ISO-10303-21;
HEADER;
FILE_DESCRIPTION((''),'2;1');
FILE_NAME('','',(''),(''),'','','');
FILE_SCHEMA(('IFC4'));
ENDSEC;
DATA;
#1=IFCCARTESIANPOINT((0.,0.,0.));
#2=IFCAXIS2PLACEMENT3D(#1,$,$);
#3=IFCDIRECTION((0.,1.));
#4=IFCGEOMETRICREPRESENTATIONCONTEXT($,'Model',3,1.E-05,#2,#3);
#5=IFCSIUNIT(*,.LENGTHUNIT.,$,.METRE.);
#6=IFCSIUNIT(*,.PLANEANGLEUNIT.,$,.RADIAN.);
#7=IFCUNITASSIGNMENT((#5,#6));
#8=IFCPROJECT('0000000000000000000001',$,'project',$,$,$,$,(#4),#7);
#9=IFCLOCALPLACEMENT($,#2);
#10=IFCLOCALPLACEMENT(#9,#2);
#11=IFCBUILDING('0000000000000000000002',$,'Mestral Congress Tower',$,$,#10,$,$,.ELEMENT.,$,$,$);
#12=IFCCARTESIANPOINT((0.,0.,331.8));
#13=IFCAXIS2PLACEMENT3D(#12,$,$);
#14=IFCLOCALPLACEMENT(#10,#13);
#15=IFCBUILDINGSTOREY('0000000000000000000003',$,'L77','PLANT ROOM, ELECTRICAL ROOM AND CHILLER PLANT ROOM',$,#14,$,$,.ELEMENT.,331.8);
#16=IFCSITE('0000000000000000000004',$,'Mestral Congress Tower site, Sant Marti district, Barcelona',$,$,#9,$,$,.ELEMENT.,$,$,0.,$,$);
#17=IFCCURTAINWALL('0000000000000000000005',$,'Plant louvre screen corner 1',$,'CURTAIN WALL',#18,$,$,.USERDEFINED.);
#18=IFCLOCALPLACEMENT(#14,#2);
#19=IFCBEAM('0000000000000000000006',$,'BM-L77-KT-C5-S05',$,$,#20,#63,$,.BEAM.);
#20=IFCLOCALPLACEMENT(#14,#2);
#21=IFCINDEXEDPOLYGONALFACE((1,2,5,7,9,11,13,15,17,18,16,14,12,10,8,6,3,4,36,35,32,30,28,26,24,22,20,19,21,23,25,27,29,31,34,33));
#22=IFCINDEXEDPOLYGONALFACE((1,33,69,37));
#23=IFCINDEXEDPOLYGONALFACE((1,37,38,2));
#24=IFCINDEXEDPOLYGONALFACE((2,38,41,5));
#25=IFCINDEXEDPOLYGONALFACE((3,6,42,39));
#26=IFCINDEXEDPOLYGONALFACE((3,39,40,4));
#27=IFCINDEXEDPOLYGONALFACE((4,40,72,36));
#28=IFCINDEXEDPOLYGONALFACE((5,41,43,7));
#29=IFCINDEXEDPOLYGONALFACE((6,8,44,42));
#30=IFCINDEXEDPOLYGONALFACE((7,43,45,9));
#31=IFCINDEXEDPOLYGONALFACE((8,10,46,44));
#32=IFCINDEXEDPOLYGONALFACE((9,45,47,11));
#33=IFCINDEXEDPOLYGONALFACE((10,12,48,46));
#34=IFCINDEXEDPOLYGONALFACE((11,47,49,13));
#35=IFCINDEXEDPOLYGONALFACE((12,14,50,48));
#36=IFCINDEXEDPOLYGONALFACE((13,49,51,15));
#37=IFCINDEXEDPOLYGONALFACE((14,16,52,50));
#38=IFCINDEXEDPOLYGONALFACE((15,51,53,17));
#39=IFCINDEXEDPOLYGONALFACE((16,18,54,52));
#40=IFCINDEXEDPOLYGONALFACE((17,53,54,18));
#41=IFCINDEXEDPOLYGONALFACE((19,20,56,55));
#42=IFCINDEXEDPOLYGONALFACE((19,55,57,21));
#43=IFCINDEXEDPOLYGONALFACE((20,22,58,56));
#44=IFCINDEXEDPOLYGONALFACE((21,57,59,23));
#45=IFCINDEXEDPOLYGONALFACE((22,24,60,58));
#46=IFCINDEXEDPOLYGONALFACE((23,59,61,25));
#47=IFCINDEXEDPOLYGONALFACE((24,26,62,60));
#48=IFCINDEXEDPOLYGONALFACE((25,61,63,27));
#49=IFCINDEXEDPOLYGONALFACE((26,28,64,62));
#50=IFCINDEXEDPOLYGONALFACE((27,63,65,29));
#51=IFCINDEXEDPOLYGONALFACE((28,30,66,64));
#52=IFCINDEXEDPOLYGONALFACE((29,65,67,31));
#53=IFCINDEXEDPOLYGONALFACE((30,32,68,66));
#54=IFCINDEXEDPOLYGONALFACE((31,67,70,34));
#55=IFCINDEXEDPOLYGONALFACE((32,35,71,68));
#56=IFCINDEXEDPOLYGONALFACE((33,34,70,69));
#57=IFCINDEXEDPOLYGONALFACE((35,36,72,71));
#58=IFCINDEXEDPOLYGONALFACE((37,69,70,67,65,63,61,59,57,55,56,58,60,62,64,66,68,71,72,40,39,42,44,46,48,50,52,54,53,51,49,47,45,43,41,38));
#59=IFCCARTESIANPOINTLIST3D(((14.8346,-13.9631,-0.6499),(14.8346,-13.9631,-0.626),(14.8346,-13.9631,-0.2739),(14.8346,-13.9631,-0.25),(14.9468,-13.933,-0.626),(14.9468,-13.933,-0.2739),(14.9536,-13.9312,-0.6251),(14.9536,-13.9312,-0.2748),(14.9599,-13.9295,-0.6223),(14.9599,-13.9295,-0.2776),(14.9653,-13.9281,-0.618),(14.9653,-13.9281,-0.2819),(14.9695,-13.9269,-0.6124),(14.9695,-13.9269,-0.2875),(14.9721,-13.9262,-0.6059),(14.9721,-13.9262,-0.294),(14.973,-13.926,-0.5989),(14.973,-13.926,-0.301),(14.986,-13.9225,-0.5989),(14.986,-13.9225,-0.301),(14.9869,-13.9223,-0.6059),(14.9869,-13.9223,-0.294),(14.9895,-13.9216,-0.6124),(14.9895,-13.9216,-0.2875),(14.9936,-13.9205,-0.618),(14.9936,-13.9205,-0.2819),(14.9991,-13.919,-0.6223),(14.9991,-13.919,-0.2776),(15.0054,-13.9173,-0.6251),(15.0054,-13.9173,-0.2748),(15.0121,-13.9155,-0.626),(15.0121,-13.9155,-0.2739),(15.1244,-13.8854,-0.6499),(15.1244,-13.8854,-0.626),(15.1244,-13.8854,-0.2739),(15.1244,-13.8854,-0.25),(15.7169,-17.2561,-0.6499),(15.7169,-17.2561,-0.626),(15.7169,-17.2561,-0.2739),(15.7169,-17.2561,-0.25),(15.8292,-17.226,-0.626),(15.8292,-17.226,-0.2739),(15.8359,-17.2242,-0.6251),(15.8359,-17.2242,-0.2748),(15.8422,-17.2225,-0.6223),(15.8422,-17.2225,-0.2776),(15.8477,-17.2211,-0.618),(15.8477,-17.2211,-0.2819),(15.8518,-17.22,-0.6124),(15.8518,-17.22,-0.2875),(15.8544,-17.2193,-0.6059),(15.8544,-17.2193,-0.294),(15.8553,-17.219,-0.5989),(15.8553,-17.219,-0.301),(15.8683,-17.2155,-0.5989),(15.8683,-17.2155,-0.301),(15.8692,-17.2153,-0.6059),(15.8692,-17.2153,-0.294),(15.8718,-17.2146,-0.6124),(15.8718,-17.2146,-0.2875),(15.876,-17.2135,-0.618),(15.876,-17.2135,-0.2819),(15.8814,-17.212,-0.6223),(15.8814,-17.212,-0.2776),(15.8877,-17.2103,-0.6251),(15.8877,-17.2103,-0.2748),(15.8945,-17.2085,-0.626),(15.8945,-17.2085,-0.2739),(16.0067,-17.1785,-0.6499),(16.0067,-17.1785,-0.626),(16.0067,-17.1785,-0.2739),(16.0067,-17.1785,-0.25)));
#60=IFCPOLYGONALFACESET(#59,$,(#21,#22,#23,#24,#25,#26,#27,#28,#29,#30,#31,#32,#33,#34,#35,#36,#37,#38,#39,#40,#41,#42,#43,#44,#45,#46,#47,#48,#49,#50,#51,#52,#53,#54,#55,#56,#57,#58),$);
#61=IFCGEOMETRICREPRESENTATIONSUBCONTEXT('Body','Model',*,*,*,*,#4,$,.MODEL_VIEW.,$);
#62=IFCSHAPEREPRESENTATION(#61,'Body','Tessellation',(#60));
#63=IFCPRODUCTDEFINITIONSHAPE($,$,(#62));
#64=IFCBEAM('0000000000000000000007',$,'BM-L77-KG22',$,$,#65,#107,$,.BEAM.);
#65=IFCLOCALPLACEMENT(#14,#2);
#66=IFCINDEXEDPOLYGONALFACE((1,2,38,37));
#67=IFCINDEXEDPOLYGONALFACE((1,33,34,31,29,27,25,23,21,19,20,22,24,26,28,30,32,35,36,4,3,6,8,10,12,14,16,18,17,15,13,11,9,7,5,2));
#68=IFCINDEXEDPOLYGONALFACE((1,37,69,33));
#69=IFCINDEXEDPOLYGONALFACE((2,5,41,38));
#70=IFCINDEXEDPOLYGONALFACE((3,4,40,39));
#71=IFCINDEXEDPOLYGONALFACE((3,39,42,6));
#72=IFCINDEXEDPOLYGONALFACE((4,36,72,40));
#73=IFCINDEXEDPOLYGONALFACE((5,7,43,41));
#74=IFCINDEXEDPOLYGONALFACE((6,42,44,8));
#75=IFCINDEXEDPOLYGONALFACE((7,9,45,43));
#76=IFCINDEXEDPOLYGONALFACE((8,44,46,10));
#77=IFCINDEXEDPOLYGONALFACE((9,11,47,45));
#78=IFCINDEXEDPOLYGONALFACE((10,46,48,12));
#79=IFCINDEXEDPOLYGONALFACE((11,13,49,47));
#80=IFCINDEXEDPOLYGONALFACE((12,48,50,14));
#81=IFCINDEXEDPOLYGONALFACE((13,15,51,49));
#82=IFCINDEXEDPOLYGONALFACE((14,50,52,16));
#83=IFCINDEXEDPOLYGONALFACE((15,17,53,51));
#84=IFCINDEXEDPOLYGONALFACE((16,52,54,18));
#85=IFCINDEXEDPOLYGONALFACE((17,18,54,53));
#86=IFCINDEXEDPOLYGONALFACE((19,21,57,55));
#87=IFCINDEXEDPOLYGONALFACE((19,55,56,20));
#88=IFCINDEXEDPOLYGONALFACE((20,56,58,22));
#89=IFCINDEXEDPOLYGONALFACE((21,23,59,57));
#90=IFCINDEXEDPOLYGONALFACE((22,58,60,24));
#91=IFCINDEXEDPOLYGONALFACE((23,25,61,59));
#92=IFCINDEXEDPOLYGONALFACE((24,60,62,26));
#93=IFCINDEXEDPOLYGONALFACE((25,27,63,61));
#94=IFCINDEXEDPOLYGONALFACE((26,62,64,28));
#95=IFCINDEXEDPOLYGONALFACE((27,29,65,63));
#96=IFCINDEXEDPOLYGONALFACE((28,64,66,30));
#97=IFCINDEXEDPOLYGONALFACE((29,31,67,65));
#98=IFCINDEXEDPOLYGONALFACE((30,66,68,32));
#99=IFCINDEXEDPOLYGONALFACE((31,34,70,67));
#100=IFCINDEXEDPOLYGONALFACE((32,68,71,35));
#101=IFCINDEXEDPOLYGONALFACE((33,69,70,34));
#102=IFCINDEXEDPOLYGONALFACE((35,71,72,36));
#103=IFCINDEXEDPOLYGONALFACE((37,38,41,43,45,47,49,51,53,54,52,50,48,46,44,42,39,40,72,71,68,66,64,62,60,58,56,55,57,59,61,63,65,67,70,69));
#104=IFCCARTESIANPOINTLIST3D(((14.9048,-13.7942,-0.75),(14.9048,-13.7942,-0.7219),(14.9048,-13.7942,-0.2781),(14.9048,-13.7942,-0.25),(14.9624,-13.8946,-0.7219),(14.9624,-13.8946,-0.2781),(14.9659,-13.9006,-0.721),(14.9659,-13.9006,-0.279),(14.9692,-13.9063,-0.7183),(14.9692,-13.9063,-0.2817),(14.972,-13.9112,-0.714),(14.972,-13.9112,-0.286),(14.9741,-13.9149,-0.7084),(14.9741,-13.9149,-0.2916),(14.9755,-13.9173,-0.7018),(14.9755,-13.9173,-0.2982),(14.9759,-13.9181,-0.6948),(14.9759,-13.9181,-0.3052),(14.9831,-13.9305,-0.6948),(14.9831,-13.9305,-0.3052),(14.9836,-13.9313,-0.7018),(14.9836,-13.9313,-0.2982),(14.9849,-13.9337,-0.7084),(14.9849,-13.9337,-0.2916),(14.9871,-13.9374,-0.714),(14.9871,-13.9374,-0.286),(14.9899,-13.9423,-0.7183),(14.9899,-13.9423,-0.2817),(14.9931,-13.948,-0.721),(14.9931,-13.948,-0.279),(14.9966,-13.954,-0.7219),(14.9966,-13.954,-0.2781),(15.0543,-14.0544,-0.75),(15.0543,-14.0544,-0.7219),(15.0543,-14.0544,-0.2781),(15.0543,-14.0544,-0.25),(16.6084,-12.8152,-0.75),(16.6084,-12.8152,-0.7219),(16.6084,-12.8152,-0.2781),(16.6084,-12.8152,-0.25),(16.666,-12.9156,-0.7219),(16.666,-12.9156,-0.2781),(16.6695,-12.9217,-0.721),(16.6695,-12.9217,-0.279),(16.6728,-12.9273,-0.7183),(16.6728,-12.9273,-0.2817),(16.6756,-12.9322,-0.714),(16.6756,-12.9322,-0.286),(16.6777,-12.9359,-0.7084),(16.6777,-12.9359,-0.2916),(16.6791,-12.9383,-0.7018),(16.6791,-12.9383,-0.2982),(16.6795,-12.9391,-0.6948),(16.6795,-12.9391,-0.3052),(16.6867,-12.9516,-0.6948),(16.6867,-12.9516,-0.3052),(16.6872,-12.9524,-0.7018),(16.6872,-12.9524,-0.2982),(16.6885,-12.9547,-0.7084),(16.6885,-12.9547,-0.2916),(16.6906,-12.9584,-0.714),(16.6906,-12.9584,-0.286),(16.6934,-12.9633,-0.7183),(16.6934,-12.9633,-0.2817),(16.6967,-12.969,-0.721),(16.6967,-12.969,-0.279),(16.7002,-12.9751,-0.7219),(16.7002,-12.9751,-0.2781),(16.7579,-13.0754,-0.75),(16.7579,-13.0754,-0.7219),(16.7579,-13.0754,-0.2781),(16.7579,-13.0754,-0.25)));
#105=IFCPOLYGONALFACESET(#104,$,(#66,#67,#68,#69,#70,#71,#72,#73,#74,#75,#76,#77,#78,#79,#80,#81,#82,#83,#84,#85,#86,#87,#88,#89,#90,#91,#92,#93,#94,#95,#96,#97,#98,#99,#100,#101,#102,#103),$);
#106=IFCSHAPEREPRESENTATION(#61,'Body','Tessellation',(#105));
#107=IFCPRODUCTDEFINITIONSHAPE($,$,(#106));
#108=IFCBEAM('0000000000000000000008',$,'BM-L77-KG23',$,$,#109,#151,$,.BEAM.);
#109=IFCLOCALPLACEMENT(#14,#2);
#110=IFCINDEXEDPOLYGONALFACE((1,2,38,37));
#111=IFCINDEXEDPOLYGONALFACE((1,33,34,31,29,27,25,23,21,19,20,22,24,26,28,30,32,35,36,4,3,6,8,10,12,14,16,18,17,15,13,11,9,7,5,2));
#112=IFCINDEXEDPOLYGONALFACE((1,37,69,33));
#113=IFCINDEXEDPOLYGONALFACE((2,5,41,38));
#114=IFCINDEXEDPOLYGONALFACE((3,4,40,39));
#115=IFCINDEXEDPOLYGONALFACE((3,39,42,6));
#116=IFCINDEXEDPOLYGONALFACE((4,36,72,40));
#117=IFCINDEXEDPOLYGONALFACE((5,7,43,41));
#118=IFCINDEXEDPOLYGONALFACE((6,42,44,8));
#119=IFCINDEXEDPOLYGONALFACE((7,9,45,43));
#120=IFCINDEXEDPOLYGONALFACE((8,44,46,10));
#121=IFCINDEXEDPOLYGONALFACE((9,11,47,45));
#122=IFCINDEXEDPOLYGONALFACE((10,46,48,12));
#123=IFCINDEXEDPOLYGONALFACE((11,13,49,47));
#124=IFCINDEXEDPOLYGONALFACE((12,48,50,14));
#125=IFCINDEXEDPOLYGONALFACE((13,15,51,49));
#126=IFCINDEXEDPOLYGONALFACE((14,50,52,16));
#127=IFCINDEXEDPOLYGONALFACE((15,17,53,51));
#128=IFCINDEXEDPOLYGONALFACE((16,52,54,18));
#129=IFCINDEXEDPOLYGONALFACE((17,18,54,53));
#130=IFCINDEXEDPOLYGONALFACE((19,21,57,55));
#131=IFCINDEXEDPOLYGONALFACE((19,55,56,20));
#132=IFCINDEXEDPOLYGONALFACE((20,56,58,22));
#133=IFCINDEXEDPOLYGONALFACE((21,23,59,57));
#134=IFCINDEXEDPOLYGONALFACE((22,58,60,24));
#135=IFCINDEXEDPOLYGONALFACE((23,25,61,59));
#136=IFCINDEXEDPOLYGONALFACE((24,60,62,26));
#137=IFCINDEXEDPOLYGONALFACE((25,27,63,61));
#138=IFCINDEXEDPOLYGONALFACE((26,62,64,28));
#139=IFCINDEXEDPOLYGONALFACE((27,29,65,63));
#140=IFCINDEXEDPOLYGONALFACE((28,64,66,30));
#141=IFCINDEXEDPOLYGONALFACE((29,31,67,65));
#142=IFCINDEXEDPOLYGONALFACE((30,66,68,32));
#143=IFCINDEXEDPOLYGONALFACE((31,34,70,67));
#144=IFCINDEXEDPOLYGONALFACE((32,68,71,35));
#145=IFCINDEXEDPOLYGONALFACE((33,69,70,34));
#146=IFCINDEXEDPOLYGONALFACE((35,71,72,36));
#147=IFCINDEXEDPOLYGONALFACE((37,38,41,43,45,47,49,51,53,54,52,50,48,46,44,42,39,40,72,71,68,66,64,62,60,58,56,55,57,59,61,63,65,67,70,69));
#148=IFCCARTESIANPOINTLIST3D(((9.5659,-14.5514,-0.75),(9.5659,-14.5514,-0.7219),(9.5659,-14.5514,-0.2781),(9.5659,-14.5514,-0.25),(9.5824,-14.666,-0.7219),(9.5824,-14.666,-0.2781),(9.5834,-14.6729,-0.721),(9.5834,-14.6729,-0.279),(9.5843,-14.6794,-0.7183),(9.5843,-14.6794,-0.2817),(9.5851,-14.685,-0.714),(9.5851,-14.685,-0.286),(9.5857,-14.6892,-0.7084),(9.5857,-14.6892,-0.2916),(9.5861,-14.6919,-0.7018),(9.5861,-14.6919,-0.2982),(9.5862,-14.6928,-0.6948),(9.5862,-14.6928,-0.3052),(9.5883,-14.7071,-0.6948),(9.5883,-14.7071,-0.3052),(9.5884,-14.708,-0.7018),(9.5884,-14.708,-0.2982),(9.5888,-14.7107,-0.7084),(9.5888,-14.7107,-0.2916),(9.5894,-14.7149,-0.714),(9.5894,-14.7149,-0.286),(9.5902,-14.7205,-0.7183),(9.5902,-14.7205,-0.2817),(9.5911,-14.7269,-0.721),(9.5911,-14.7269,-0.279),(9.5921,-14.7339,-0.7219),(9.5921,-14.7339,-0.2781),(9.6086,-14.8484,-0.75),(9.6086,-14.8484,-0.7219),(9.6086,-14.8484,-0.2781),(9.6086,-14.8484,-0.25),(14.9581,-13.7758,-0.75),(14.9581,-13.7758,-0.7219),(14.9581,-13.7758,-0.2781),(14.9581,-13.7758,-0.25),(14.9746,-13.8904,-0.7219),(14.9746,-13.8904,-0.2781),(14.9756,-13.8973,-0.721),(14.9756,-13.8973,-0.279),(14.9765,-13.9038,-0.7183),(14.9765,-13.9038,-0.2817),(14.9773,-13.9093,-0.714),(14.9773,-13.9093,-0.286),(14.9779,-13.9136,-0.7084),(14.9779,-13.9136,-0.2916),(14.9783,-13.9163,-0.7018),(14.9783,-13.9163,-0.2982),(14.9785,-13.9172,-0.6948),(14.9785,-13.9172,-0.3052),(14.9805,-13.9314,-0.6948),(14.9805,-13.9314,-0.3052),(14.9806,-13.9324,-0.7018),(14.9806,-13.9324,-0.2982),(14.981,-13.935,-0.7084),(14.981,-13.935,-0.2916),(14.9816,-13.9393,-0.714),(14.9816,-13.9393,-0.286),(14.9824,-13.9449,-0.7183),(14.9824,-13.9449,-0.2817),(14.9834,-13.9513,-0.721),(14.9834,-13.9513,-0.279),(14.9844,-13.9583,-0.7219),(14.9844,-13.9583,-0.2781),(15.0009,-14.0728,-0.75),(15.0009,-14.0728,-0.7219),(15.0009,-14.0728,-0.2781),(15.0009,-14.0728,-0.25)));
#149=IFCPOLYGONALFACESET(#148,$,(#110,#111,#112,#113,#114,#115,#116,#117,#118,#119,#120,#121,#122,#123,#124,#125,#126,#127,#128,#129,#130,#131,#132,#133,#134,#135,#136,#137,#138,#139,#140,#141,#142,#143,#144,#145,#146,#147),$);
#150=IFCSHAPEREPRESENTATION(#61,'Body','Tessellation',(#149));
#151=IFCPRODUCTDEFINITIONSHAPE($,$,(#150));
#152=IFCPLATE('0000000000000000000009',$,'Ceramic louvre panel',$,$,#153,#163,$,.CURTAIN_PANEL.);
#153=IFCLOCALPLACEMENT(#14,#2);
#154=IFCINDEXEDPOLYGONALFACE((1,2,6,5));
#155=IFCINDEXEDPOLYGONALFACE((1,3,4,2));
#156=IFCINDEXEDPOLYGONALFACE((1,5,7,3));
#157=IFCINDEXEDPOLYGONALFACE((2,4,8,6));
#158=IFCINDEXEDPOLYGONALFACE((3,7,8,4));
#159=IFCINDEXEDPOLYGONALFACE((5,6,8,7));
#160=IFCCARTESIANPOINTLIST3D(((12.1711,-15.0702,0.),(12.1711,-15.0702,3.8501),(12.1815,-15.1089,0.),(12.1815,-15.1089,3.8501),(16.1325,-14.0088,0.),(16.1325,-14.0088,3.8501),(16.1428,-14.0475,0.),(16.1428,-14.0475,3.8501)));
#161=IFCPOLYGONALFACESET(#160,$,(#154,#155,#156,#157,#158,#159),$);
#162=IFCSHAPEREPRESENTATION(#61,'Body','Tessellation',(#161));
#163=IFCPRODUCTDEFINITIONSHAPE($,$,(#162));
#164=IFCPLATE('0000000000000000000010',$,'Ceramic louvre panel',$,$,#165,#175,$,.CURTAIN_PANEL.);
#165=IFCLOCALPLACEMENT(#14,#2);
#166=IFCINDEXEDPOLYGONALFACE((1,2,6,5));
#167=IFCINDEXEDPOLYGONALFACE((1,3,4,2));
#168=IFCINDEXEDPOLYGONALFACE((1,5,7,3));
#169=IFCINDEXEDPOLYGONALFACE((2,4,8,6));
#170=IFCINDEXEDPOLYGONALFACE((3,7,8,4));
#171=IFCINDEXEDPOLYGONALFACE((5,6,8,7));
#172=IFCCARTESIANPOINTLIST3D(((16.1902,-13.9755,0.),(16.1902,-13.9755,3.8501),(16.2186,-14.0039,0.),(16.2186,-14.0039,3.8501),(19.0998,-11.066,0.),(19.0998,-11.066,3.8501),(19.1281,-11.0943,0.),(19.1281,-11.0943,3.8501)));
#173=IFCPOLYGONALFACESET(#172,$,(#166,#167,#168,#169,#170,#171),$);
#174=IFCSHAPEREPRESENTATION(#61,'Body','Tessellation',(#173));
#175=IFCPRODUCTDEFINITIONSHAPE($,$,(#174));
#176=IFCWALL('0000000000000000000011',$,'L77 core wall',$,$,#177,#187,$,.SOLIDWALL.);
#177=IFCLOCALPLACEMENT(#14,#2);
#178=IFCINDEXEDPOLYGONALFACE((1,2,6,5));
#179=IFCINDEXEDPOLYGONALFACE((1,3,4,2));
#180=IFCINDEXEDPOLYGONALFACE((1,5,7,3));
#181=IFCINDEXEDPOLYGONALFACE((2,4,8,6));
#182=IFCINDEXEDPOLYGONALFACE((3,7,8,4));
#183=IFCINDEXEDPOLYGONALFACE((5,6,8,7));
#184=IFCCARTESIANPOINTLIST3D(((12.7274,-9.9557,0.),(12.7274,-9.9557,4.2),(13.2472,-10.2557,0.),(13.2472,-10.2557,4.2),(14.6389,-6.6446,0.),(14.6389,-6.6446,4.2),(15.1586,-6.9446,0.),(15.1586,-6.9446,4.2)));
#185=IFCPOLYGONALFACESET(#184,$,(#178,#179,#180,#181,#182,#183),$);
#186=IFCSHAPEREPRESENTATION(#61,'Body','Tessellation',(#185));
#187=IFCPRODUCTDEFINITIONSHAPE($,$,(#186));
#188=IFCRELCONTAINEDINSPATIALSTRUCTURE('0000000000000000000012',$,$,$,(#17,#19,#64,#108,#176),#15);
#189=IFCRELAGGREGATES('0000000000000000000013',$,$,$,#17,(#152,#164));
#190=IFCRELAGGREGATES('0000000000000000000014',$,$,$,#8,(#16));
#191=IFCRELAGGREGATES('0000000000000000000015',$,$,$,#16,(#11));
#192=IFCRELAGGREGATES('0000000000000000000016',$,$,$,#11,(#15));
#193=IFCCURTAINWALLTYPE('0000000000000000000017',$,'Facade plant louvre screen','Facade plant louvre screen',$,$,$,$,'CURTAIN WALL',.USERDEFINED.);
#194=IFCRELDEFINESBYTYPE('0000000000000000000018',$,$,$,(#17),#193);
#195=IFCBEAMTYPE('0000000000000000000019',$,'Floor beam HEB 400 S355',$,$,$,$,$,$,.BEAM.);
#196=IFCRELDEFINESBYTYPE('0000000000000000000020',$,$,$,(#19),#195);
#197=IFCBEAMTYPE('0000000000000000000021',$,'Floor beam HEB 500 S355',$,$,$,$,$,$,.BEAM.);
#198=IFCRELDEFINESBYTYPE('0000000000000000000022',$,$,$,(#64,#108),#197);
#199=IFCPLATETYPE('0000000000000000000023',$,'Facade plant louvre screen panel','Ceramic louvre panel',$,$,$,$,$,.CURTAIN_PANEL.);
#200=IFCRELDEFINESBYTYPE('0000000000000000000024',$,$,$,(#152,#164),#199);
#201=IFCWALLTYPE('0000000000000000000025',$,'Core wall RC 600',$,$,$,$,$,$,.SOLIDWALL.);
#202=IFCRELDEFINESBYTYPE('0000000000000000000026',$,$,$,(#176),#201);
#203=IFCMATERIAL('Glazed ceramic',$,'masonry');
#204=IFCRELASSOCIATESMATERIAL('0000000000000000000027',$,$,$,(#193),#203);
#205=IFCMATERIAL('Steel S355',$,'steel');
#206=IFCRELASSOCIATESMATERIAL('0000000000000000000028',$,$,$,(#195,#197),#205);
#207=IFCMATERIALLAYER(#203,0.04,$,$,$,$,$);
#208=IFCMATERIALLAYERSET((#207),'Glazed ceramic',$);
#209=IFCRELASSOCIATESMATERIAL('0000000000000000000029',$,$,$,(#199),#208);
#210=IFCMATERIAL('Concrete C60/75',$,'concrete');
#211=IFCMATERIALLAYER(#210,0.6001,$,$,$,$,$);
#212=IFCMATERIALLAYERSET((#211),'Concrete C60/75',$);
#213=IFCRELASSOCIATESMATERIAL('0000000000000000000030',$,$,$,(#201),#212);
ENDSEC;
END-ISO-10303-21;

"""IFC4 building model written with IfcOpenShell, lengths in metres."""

from ifc_helpers import new_model, si_unit, direction, frame, frame_2d, origin, origin_2d, place, context, subcontext, project, spatial, rectangle, i_section, extrude, material, layer, layer_set, material_profile, profile_set, type_object, element, aggregate, save


model = new_model("IFC4")

# Units and contexts
model_context = context("Model", 3, precision=1e-05, world=origin(), true_north=direction((0.0, 1.0)))
body_context = subcontext(model_context, "Body", "Model", "MODEL_VIEW")
ifc_project = project(units=[si_unit("LENGTHUNIT", "METRE"), si_unit("PLANEANGLEUNIT", "RADIAN")], contexts=[model_context])

# Site, building, storey
site_placement = place(None, origin())
site = spatial("IfcSite", under=ifc_project, at=site_placement, Name="Mestral Congress Tower site, Sant Marti district, Barcelona", CompositionType="ELEMENT", RefElevation=0.0)
building_placement = place(site_placement, origin())
building = spatial("IfcBuilding", under=site, at=building_placement, Name="Mestral Congress Tower", CompositionType="ELEMENT")
storey_placement = place(building_placement, frame((0.0, 0.0, 331.8)))
storey = spatial("IfcBuildingStorey", under=building, at=storey_placement, Name="L77", Description="PLANT ROOM, ELECTRICAL ROOM AND CHILLER PLANT ROOM", CompositionType="ELEMENT", Elevation=331.8)

# Shared definitions
ifc_material_1 = material(Name="Steel S355", Category="steel")
ifc_material_2 = material(Name="Concrete C60/75", Category="concrete")

# Curtain wall
ifc_material_3 = material(Name="Glazed ceramic", Category="masonry")
curtain_wall_type = type_object("IfcCurtainWallType", Name="Facade plant louvre screen", Description="Facade plant louvre screen", ElementType="CURTAIN WALL", PredefinedType="USERDEFINED", material=ifc_material_3)
curtain_wall_placement = place(storey_placement, origin())
curtain_wall = element("IfcCurtainWall", 1, at=curtain_wall_placement, inside=storey, type_object=curtain_wall_type, Name="Plant louvre screen corner 1", ObjectType="CURTAIN WALL", PredefinedType="USERDEFINED")

# Beams
ifc_material_profile_1 = material_profile(ifc_material_1, i_section(OverallWidth=0.3, OverallDepth=0.3999, WebThickness=0.0134, FlangeThickness=0.0239, FilletRadius=0.0271, at=origin_2d()), Name="HEB 400")
ifc_profile_set_1 = profile_set([ifc_material_profile_1], Name="Steel S355")
beam_type_1 = type_object("IfcBeamType", Name="Floor beam HEB 400 S355", PredefinedType="BEAM", material=ifc_profile_set_1)
beam_1_placement = place(storey_placement, frame((15.8618, -17.2173, -0.45), z_axis=(-0.258812, 0.965928, 0.0), x_axis=(-0.965928, -0.258812, 0.0)))
element("IfcBeam", 2, at=beam_1_placement, inside=storey, type_object=beam_type_1, Name="BM-L77-KT-C5-S05", PredefinedType="BEAM", context=body_context, shape_type="SweptSolid", body=[
    extrude(i_section(OverallWidth=0.3, OverallDepth=0.3999, WebThickness=0.0134, FlangeThickness=0.0239, FilletRadius=0.0271, at=origin_2d()), origin(), (0.0, 0.0, 1.0), 3.4092),
])
ifc_material_profile_2 = material_profile(ifc_material_1, i_section(OverallWidth=0.3, OverallDepth=0.5, WebThickness=0.0144, FlangeThickness=0.0281, FilletRadius=0.0271, at=origin_2d()), Name="HEB 500")
ifc_profile_set_2 = profile_set([ifc_material_profile_2], Name="Steel S355")
beam_type_2 = type_object("IfcBeamType", Name="Floor beam HEB 500 S355", PredefinedType="BEAM", material=ifc_profile_set_2)
beam_2_placement = place(storey_placement, frame((16.6831, -12.9453, -0.5), z_axis=(-0.867032, -0.498252, 0.0), x_axis=(0.498252, -0.867032, 0.0)))
element("IfcBeam", 3, at=beam_2_placement, inside=storey, type_object=beam_type_2, Name="BM-L77-KG22", PredefinedType="BEAM", context=body_context, shape_type="SweptSolid", body=[
    extrude(i_section(OverallWidth=0.3, OverallDepth=0.5, WebThickness=0.0144, FlangeThickness=0.0281, FilletRadius=0.0271, at=origin_2d()), origin(), (0.0, 0.0, 1.0), 1.9648),
])
beam_3_placement = place(storey_placement, frame((14.9795, -13.9243, -0.5), z_axis=(-0.989813, -0.142375, 0.0), x_axis=(0.142375, -0.989813, 0.0)))
element("IfcBeam", 4, at=beam_3_placement, inside=storey, type_object=beam_type_2, Name="BM-L77-KG23", PredefinedType="BEAM", context=body_context, shape_type="SweptSolid", body=[
    extrude(i_section(OverallWidth=0.3, OverallDepth=0.5, WebThickness=0.0144, FlangeThickness=0.0281, FilletRadius=0.0271, at=origin_2d()), origin(), (0.0, 0.0, 1.0), 5.4478),
])

# Plates
ifc_layer_1 = layer(ifc_material_3, 0.04)
ifc_layer_set_1 = layer_set([ifc_layer_1], Name="Glazed ceramic")
plate_type = type_object("IfcPlateType", Name="Facade plant louvre screen panel", Description="Ceramic louvre panel", PredefinedType="CURTAIN_PANEL", material=ifc_layer_set_1)
plate_1_placement = place(storey_placement, frame((14.157, -14.5588, 0.0), z_axis=(0.0, 0.0, 1.0), x_axis=(0.965926, 0.258819, 0.0)))
plate_1 = element("IfcPlate", 5, at=plate_1_placement, type_object=plate_type, Name="Ceramic louvre panel", PredefinedType="CURTAIN_PANEL", context=body_context, shape_type="SweptSolid", body=[
    extrude(rectangle(XDim=4.1011, YDim=0.04, at=origin_2d()), origin(), (0.0, 0.0, 1.0), 3.8501),
])
plate_2_placement = place(storey_placement, frame((17.6592, -12.5349, 0.0), z_axis=(0.0, 0.0, 1.0), x_axis=(0.707107, 0.707107, 0.0)))
plate_2 = element("IfcPlate", 6, at=plate_2_placement, type_object=plate_type, Name="Ceramic louvre panel", PredefinedType="CURTAIN_PANEL", context=body_context, shape_type="SweptSolid", body=[
    extrude(rectangle(XDim=4.1147, YDim=0.04, at=origin_2d()), origin(), (0.0, 0.0, 1.0), 3.8501),
])
aggregate(curtain_wall, [plate_1, plate_2])

# Wall
ifc_layer_2 = layer(ifc_material_2, 0.6001)
ifc_layer_set_2 = layer_set([ifc_layer_2], Name="Concrete C60/75")
wall_type_1 = type_object("IfcWallType", Name="Core wall RC 600", PredefinedType="SOLIDWALL", material=ifc_layer_set_2)
wall_1_placement = place(storey_placement, frame((12.9873, -10.1057, 0.0), z_axis=(0.0, 0.0, 1.0), x_axis=(0.499951, 0.866054, 0.0)))
element("IfcWall", 7, at=wall_1_placement, inside=storey, type_object=wall_type_1, Name="L77 core wall", PredefinedType="SOLIDWALL", context=body_context, shape_type="SweptSolid", body=[
    extrude(rectangle(XDim=3.8232, YDim=0.6001, at=frame_2d((1.9116, 0.0))), origin(), (0.0, 0.0, 1.0), 4.2),
])

save(model, "model.ifc")
